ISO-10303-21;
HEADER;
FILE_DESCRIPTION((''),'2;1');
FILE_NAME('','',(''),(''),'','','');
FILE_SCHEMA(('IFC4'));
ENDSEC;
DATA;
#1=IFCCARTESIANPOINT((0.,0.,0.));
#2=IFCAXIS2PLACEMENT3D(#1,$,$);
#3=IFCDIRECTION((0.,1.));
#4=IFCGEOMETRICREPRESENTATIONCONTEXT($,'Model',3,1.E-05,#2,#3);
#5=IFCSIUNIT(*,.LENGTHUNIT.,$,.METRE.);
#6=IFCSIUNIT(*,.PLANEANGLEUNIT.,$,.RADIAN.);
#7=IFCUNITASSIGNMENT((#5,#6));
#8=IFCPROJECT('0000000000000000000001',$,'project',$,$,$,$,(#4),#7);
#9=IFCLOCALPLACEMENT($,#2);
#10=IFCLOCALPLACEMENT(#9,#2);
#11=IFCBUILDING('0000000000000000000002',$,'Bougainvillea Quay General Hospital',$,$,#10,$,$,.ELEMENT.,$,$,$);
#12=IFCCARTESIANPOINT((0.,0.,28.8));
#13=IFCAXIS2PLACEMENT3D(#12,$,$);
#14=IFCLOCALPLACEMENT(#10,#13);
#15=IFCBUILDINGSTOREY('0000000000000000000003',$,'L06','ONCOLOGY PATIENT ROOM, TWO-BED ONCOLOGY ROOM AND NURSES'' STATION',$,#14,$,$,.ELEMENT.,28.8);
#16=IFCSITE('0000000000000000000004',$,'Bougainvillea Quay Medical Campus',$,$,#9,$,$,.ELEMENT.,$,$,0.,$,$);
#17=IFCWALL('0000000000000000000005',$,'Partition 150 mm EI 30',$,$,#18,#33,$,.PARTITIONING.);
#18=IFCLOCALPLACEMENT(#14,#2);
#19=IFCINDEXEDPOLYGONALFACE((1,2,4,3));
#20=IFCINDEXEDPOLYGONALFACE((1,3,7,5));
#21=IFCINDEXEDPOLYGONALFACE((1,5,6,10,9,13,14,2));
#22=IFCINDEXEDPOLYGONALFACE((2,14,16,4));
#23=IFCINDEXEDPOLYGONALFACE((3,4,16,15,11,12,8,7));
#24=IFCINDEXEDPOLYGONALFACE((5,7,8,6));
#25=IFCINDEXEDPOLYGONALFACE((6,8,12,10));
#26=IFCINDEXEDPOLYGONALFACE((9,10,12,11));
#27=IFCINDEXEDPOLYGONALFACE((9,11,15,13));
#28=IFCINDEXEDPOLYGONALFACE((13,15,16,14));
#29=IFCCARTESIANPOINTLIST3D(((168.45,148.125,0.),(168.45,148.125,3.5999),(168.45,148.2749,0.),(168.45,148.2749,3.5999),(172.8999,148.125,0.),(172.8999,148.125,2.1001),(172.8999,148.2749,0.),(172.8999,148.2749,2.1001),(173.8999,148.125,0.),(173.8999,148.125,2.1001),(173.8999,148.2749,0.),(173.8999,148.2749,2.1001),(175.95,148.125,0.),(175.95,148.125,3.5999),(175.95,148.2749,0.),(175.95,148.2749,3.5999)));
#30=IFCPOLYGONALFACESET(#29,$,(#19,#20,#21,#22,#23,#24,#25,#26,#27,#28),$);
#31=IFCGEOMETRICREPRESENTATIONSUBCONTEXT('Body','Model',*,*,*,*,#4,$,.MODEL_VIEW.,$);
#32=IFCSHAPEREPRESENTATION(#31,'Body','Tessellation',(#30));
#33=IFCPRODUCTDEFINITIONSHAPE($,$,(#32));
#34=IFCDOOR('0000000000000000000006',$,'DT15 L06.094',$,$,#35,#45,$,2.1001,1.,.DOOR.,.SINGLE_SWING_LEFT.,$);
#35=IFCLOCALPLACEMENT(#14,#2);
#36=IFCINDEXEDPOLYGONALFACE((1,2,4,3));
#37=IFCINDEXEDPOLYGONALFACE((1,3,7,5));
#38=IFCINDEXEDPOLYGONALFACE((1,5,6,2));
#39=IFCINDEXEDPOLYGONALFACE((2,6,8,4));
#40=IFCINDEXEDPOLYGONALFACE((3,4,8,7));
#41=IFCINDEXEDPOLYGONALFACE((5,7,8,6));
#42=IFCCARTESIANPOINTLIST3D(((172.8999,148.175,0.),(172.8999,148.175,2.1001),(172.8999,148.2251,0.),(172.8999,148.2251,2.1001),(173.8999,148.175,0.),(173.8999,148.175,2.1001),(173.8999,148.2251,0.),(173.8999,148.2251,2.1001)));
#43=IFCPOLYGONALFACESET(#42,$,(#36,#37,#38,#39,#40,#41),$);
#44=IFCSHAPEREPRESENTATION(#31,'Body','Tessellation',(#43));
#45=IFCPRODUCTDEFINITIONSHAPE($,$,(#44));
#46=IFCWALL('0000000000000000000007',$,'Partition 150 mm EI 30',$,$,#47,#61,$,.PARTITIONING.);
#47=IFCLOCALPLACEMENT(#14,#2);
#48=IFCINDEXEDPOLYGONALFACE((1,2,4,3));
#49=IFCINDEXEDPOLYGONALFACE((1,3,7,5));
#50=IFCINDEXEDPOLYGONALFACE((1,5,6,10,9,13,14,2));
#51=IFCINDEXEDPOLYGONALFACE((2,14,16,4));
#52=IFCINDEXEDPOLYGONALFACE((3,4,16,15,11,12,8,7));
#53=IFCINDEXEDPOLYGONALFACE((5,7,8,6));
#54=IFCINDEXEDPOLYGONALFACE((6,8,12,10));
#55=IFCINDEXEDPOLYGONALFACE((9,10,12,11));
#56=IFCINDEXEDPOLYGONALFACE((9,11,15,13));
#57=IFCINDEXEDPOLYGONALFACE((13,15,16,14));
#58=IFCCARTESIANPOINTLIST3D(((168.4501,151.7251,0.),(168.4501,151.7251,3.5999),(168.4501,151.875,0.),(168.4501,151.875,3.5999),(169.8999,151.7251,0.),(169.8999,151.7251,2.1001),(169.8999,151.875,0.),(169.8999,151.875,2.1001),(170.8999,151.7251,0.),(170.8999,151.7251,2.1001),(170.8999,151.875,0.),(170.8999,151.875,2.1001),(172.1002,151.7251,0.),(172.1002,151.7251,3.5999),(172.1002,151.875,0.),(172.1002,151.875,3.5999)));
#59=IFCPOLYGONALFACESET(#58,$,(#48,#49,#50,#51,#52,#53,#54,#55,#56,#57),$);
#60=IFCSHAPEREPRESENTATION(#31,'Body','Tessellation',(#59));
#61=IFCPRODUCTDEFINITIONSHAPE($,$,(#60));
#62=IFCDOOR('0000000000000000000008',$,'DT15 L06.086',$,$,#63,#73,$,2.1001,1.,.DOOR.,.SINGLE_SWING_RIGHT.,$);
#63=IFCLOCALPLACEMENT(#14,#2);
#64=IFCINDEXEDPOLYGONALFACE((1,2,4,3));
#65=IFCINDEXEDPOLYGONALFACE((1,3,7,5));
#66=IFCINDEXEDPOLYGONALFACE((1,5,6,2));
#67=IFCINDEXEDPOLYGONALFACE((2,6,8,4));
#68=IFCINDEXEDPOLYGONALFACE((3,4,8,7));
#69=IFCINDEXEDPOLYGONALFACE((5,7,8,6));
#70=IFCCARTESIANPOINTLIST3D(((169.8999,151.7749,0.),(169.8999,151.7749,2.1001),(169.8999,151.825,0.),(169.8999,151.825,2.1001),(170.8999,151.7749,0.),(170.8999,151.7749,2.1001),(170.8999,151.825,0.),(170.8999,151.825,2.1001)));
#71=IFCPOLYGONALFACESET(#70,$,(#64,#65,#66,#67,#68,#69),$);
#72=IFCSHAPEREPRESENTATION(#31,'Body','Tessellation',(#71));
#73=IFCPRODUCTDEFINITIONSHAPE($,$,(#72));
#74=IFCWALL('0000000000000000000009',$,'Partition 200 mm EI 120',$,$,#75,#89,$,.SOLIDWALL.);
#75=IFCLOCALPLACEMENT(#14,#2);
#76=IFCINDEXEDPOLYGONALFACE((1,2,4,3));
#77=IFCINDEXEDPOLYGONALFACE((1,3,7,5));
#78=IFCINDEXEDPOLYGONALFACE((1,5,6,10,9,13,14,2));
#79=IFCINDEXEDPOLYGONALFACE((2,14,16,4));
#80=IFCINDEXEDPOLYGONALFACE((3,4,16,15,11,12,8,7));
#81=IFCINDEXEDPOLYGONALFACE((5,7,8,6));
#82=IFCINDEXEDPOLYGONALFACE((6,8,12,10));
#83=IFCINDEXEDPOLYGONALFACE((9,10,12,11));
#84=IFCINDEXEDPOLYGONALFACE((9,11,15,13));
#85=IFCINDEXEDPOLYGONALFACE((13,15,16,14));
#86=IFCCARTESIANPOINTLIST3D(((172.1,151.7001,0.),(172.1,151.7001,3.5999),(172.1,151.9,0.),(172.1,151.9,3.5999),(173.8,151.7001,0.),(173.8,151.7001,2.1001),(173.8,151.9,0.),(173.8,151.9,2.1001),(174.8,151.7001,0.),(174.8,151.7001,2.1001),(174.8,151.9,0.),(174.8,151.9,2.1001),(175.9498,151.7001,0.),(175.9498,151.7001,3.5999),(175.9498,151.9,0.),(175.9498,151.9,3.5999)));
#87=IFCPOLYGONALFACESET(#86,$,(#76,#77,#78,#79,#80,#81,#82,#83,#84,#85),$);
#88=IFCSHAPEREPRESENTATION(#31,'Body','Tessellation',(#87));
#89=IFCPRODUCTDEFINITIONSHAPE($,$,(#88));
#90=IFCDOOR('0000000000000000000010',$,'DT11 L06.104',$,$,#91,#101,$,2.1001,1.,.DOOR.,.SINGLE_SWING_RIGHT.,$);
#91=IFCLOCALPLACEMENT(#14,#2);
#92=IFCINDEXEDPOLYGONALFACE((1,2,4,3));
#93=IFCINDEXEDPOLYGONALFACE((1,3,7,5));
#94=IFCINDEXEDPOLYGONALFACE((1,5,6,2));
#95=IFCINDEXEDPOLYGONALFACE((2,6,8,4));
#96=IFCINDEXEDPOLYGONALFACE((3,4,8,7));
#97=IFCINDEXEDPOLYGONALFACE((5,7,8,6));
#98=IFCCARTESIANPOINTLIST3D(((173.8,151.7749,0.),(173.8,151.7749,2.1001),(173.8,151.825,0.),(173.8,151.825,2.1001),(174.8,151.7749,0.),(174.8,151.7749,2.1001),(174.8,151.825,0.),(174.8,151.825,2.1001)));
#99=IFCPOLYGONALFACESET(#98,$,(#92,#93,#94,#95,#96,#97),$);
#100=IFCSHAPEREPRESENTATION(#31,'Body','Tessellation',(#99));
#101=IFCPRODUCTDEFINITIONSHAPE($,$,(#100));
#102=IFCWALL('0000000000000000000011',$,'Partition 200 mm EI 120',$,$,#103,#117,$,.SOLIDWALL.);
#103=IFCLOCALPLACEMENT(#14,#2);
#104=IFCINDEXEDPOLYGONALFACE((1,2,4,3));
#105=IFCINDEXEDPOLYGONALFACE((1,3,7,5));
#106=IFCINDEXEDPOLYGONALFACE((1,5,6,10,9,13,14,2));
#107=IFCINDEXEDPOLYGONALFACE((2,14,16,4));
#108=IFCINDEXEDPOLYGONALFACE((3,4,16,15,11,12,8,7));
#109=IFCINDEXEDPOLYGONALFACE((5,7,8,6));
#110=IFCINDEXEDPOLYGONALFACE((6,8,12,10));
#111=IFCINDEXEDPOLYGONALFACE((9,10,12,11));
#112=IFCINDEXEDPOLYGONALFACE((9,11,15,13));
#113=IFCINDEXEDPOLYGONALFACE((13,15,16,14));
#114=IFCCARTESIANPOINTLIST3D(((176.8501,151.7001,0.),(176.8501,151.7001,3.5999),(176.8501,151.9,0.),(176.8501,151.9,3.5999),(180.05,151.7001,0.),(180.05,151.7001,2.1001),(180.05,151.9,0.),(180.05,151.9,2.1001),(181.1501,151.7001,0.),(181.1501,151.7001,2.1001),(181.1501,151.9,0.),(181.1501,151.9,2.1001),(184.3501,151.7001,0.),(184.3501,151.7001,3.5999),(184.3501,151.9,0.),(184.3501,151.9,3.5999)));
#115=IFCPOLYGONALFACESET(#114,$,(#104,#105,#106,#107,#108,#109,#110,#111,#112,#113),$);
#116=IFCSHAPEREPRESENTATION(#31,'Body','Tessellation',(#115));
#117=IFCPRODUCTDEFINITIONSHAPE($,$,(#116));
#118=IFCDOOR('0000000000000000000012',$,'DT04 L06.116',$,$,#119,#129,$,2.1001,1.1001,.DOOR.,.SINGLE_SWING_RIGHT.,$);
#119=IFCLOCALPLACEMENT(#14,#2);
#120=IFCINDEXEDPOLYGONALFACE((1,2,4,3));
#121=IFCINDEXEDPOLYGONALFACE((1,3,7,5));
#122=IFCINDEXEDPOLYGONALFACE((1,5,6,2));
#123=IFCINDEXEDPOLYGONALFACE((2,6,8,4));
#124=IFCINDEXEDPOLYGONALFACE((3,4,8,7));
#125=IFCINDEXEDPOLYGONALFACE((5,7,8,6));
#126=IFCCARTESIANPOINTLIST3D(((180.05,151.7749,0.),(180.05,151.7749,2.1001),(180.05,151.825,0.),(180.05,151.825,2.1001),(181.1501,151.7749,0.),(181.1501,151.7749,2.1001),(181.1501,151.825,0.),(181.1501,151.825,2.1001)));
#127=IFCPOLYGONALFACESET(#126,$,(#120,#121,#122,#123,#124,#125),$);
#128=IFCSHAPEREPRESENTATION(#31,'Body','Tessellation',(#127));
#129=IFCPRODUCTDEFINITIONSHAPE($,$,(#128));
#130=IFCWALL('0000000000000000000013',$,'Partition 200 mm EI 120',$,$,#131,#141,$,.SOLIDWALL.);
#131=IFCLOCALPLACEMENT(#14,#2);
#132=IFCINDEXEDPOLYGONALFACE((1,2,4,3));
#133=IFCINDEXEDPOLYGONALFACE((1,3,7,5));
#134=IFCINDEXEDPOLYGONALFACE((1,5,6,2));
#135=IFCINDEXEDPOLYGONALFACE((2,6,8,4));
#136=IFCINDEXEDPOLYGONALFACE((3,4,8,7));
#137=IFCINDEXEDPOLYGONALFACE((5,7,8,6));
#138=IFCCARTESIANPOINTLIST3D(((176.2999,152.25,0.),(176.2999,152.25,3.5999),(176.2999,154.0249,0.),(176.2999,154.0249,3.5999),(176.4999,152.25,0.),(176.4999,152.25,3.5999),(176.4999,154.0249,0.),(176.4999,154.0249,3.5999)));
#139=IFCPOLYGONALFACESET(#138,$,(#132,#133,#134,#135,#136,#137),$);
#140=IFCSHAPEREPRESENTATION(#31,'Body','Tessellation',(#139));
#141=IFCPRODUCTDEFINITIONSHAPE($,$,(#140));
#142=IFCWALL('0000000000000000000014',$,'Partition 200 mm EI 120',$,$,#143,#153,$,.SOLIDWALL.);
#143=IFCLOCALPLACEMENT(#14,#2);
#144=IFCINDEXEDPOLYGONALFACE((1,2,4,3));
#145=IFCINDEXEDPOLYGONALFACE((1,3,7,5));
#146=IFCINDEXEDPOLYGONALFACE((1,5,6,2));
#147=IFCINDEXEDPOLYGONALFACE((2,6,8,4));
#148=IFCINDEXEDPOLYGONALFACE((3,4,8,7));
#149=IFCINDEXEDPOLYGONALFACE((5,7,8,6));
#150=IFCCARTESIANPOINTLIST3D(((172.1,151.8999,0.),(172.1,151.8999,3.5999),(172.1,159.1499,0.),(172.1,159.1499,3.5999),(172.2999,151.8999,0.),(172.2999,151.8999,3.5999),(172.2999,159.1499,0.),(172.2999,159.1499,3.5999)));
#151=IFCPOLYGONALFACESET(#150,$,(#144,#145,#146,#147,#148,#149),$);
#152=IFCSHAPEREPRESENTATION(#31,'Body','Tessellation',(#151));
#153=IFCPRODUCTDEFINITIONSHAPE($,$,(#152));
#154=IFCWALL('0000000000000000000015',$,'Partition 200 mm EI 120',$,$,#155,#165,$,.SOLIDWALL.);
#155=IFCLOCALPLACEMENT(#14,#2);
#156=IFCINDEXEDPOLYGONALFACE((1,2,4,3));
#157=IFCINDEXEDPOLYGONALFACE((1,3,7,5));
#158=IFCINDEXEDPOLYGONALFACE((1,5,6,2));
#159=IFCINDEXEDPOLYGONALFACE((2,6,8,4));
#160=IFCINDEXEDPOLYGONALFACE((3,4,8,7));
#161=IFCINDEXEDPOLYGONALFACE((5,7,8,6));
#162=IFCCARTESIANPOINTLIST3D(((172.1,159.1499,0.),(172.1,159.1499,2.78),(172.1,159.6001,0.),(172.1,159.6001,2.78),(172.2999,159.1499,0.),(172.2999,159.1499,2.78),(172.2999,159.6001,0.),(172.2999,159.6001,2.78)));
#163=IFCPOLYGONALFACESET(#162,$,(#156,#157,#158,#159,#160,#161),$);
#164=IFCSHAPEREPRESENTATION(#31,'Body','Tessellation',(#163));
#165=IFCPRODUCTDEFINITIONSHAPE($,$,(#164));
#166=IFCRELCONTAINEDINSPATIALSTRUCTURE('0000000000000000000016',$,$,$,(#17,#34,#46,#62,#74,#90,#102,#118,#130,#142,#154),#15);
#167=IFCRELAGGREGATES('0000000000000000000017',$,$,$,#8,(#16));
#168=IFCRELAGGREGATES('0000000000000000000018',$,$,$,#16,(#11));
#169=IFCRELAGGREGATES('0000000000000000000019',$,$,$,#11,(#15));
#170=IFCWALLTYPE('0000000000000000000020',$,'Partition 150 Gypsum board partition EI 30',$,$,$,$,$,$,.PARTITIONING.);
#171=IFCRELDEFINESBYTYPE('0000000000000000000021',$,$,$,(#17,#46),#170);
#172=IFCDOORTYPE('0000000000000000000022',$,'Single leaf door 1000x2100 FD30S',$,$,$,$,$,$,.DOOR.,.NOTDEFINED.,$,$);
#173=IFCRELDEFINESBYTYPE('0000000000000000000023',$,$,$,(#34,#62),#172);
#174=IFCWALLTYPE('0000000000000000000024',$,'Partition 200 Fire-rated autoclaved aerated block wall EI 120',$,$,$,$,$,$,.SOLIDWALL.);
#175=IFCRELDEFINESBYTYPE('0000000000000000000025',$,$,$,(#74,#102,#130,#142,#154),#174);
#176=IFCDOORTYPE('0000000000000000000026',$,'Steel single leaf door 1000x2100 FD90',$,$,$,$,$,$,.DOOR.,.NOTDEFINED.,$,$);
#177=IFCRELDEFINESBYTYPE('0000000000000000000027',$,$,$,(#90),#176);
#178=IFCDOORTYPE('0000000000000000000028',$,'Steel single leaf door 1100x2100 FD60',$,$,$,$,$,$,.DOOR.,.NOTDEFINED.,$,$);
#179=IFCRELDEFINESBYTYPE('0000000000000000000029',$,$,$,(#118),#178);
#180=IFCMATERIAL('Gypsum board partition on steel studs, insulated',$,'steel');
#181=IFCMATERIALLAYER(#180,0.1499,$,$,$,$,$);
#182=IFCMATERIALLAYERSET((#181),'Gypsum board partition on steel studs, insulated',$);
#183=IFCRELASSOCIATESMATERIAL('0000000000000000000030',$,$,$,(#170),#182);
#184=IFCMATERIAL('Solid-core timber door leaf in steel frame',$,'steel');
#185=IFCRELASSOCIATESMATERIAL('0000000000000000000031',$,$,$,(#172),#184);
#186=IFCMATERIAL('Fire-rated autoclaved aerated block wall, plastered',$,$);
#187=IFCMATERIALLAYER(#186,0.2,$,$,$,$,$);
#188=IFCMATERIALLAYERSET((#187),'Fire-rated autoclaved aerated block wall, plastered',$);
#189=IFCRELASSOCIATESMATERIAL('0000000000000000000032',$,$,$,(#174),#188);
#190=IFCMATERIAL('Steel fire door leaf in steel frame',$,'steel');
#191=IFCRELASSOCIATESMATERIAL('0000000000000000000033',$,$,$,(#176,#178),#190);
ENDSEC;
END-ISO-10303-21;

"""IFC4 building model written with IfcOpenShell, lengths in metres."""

from ifc_helpers import new_model, si_unit, direction, frame, frame_2d, origin, place, context, subcontext, project, spatial, rectangle, extrude, material, layer, layer_set, type_object, element, fill, save


model = new_model("IFC4")

# Units and contexts
model_context = context("Model", 3, precision=1e-05, world=origin(), true_north=direction((0.0, 1.0)))
body_context = subcontext(model_context, "Body", "Model", "MODEL_VIEW")
ifc_project = project(units=[si_unit("LENGTHUNIT", "METRE"), si_unit("PLANEANGLEUNIT", "RADIAN")], contexts=[model_context])

# Site, building, storey
site_placement = place(None, origin())
site = spatial("IfcSite", under=ifc_project, at=site_placement, Name="Bougainvillea Quay Medical Campus", CompositionType="ELEMENT", RefElevation=0.0)
building_placement = place(site_placement, origin())
building = spatial("IfcBuilding", under=site, at=building_placement, Name="Bougainvillea Quay General Hospital", CompositionType="ELEMENT")
storey_placement = place(building_placement, frame((0.0, 0.0, 28.8)))
storey = spatial("IfcBuildingStorey", under=building, at=storey_placement, Name="L06", Description="ONCOLOGY PATIENT ROOM, TWO-BED ONCOLOGY ROOM AND NURSES' STATION", CompositionType="ELEMENT", Elevation=28.8)

# Walls, openings, doors
ifc_material_1 = material(Name="Gypsum board partition on steel studs, insulated", Category="steel")
ifc_material_2 = material(Name="Solid-core timber door leaf in steel frame", Category="steel")
ifc_layer_1 = layer(ifc_material_1, 0.1499)
ifc_layer_set_1 = layer_set([ifc_layer_1], Name="Gypsum board partition on steel studs, insulated")
wall_type_1 = type_object("IfcWallType", Name="Partition 150 Gypsum board partition EI 30", PredefinedType="PARTITIONING", material=ifc_layer_set_1)
wall_1_placement = place(storey_placement, frame((175.95, 148.2, 0.0), z_axis=(0.0, 0.0, 1.0), x_axis=(-1.0, 0.0, 0.0)))
wall_1 = element("IfcWall", 1, at=wall_1_placement, inside=storey, type_object=wall_type_1, Name="Partition 150 mm EI 30", PredefinedType="PARTITIONING", context=body_context, shape_type="SweptSolid", body=[
    extrude(rectangle(XDim=7.5, YDim=0.1499, at=frame_2d((3.75, 0.0))), origin(), (0.0, 0.0, 1.0), 3.5999),
])
opening_1_placement = place(wall_1_placement, frame((2.05, 0.0, 0.0)))
opening_1 = element("IfcOpeningElement", 2, at=opening_1_placement, cuts=wall_1, PredefinedType="OPENING", context=body_context, shape_type="SweptSolid", body=[
    extrude(rectangle(XDim=1.0, YDim=2.1001, at=frame_2d((0.5, 1.05))), frame((0.0, 0.085, 0.0), z_axis=(0.0, -1.0, 0.0), x_axis=(1.0, 0.0, 0.0)), (0.0, 0.0, 1.0), 0.1699),
])
door_type_1 = type_object("IfcDoorType", Name="Single leaf door 1000x2100 FD30S", OperationType="NOTDEFINED", PredefinedType="DOOR", material=ifc_material_2)
door_1_placement = place(opening_1_placement, origin())
door_1 = element("IfcDoor", 3, at=door_1_placement, inside=storey, type_object=door_type_1, Name="DT15 L06.094", OperationType="SINGLE_SWING_LEFT", OverallHeight=2.1001, OverallWidth=1.0, PredefinedType="DOOR", context=body_context, shape_type="SweptSolid", body=[
    extrude(rectangle(XDim=1.0, YDim=2.1001, at=frame_2d((0.5, 1.05))), frame((0.0, 0.0249, 0.0), z_axis=(0.0, -1.0, 0.0), x_axis=(1.0, 0.0, 0.0)), (0.0, 0.0, 1.0), 0.05),
])
fill(opening_1, door_1)
wall_2_placement = place(storey_placement, frame((168.45, 151.8, 0.0), z_axis=(0.0, 0.0, 1.0), x_axis=(1.0, 0.0, 0.0)))
wall_2 = element("IfcWall", 4, at=wall_2_placement, inside=storey, type_object=wall_type_1, Name="Partition 150 mm EI 30", PredefinedType="PARTITIONING", context=body_context, shape_type="SweptSolid", body=[
    extrude(rectangle(XDim=3.6501, YDim=0.1499, at=frame_2d((1.8252, 0.0))), origin(), (0.0, 0.0, 1.0), 3.5999),
])
opening_2_placement = place(wall_2_placement, frame((1.45, 0.0, 0.0)))
opening_2 = element("IfcOpeningElement", 5, at=opening_2_placement, cuts=wall_2, PredefinedType="OPENING", context=body_context, shape_type="SweptSolid", body=[
    extrude(rectangle(XDim=1.0, YDim=2.1001, at=frame_2d((0.5, 1.05))), frame((0.0, 0.085, 0.0), z_axis=(0.0, -1.0, 0.0), x_axis=(1.0, 0.0, 0.0)), (0.0, 0.0, 1.0), 0.1699),
])
door_2_placement = place(opening_2_placement, origin())
door_2 = element("IfcDoor", 6, at=door_2_placement, inside=storey, type_object=door_type_1, Name="DT15 L06.086", OperationType="SINGLE_SWING_RIGHT", OverallHeight=2.1001, OverallWidth=1.0, PredefinedType="DOOR", context=body_context, shape_type="SweptSolid", body=[
    extrude(rectangle(XDim=1.0, YDim=2.1001, at=frame_2d((0.5, 1.05))), frame((0.0, 0.0249, 0.0), z_axis=(0.0, -1.0, 0.0), x_axis=(1.0, 0.0, 0.0)), (0.0, 0.0, 1.0), 0.05),
])
fill(opening_2, door_2)
ifc_material_3 = material(Name="Fire-rated autoclaved aerated block wall, plastered")
ifc_layer_2 = layer(ifc_material_3, 0.2)
ifc_layer_set_2 = layer_set([ifc_layer_2], Name="Fire-rated autoclaved aerated block wall, plastered")
wall_type_2 = type_object("IfcWallType", Name="Partition 200 Fire-rated autoclaved aerated block wall EI 120", PredefinedType="SOLIDWALL", material=ifc_layer_set_2)
wall_3_placement = place(storey_placement, frame((172.1001, 151.8, 0.0), z_axis=(0.0, 0.0, 1.0), x_axis=(1.0, 0.0, 0.0)))
wall_3 = element("IfcWall", 7, at=wall_3_placement, inside=storey, type_object=wall_type_2, Name="Partition 200 mm EI 120", PredefinedType="SOLIDWALL", context=body_context, shape_type="SweptSolid", body=[
    extrude(rectangle(XDim=3.8499, YDim=0.2, at=frame_2d((1.9248, 0.0))), origin(), (0.0, 0.0, 1.0), 3.5999),
])
opening_3_placement = place(wall_3_placement, frame((1.7, 0.0, 0.0)))
opening_3 = element("IfcOpeningElement", 8, at=opening_3_placement, cuts=wall_3, PredefinedType="OPENING", context=body_context, shape_type="SweptSolid", body=[
    extrude(rectangle(XDim=1.0, YDim=2.1001, at=frame_2d((0.5, 1.05))), frame((0.0, 0.1099, 0.0), z_axis=(0.0, -1.0, 0.0), x_axis=(1.0, 0.0, 0.0)), (0.0, 0.0, 1.0), 0.22),
])
ifc_material_4 = material(Name="Steel fire door leaf in steel frame", Category="steel")
door_type_2 = type_object("IfcDoorType", Name="Steel single leaf door 1000x2100 FD90", OperationType="NOTDEFINED", PredefinedType="DOOR", material=ifc_material_4)
door_3_placement = place(opening_3_placement, origin())
door_3 = element("IfcDoor", 9, at=door_3_placement, inside=storey, type_object=door_type_2, Name="DT11 L06.104", OperationType="SINGLE_SWING_RIGHT", OverallHeight=2.1001, OverallWidth=1.0, PredefinedType="DOOR", context=body_context, shape_type="SweptSolid", body=[
    extrude(rectangle(XDim=1.0, YDim=2.1001, at=frame_2d((0.5, 1.05))), frame((0.0, 0.0249, 0.0), z_axis=(0.0, -1.0, 0.0), x_axis=(1.0, 0.0, 0.0)), (0.0, 0.0, 1.0), 0.05),
])
fill(opening_3, door_3)
wall_4_placement = place(storey_placement, frame((176.8501, 151.8, 0.0), z_axis=(0.0, 0.0, 1.0), x_axis=(1.0, 0.0, 0.0)))
wall_4 = element("IfcWall", 10, at=wall_4_placement, inside=storey, type_object=wall_type_2, Name="Partition 200 mm EI 120", PredefinedType="SOLIDWALL", context=body_context, shape_type="SweptSolid", body=[
    extrude(rectangle(XDim=7.5, YDim=0.2, at=frame_2d((3.75, 0.0))), origin(), (0.0, 0.0, 1.0), 3.5999),
])
opening_4_placement = place(wall_4_placement, frame((3.2, 0.0, 0.0)))
opening_4 = element("IfcOpeningElement", 11, at=opening_4_placement, cuts=wall_4, PredefinedType="OPENING", context=body_context, shape_type="SweptSolid", body=[
    extrude(rectangle(XDim=1.1001, YDim=2.1001, at=frame_2d((0.55, 1.05))), frame((0.0, 0.1099, 0.0), z_axis=(0.0, -1.0, 0.0), x_axis=(1.0, 0.0, 0.0)), (0.0, 0.0, 1.0), 0.22),
])
door_type_3 = type_object("IfcDoorType", Name="Steel single leaf door 1100x2100 FD60", OperationType="NOTDEFINED", PredefinedType="DOOR", material=ifc_material_4)
door_4_placement = place(opening_4_placement, origin())
door_4 = element("IfcDoor", 12, at=door_4_placement, inside=storey, type_object=door_type_3, Name="DT04 L06.116", OperationType="SINGLE_SWING_RIGHT", OverallHeight=2.1001, OverallWidth=1.1001, PredefinedType="DOOR", context=body_context, shape_type="SweptSolid", body=[
    extrude(rectangle(XDim=1.1001, YDim=2.1001, at=frame_2d((0.55, 1.05))), frame((0.0, 0.0249, 0.0), z_axis=(0.0, -1.0, 0.0), x_axis=(1.0, 0.0, 0.0)), (0.0, 0.0, 1.0), 0.05),
])
fill(opening_4, door_4)

# Walls
wall_5_placement = place(storey_placement, frame((176.3999, 152.25, 0.0), z_axis=(0.0, 0.0, 1.0), x_axis=(0.0, 1.0, 0.0)))
element("IfcWall", 13, at=wall_5_placement, inside=storey, type_object=wall_type_2, Name="Partition 200 mm EI 120", PredefinedType="SOLIDWALL", context=body_context, shape_type="SweptSolid", body=[
    extrude(rectangle(XDim=1.7749, YDim=0.2, at=frame_2d((0.8875, 0.0))), origin(), (0.0, 0.0, 1.0), 3.5999),
])
wall_6_placement = place(storey_placement, frame((172.2, 151.8999, 0.0), z_axis=(0.0, 0.0, 1.0), x_axis=(0.0, 1.0, 0.0)))
element("IfcWall", 14, at=wall_6_placement, inside=storey, type_object=wall_type_2, Name="Partition 200 mm EI 120", PredefinedType="SOLIDWALL", context=body_context, shape_type="SweptSolid", body=[
    extrude(rectangle(XDim=7.25, YDim=0.2, at=frame_2d((3.625, 0.0))), origin(), (0.0, 0.0, 1.0), 3.5999),
])
wall_7_placement = place(storey_placement, frame((172.2, 159.1499, 0.0), z_axis=(0.0, 0.0, 1.0), x_axis=(0.0, 1.0, 0.0)))
element("IfcWall", 15, at=wall_7_placement, inside=storey, type_object=wall_type_2, Name="Partition 200 mm EI 120", PredefinedType="SOLIDWALL", context=body_context, shape_type="SweptSolid", body=[
    extrude(rectangle(XDim=0.4502, YDim=0.2, at=frame_2d((0.2251, 0.0))), origin(), (0.0, 0.0, 1.0), 2.78),
])

save(model, "model.ifc")
